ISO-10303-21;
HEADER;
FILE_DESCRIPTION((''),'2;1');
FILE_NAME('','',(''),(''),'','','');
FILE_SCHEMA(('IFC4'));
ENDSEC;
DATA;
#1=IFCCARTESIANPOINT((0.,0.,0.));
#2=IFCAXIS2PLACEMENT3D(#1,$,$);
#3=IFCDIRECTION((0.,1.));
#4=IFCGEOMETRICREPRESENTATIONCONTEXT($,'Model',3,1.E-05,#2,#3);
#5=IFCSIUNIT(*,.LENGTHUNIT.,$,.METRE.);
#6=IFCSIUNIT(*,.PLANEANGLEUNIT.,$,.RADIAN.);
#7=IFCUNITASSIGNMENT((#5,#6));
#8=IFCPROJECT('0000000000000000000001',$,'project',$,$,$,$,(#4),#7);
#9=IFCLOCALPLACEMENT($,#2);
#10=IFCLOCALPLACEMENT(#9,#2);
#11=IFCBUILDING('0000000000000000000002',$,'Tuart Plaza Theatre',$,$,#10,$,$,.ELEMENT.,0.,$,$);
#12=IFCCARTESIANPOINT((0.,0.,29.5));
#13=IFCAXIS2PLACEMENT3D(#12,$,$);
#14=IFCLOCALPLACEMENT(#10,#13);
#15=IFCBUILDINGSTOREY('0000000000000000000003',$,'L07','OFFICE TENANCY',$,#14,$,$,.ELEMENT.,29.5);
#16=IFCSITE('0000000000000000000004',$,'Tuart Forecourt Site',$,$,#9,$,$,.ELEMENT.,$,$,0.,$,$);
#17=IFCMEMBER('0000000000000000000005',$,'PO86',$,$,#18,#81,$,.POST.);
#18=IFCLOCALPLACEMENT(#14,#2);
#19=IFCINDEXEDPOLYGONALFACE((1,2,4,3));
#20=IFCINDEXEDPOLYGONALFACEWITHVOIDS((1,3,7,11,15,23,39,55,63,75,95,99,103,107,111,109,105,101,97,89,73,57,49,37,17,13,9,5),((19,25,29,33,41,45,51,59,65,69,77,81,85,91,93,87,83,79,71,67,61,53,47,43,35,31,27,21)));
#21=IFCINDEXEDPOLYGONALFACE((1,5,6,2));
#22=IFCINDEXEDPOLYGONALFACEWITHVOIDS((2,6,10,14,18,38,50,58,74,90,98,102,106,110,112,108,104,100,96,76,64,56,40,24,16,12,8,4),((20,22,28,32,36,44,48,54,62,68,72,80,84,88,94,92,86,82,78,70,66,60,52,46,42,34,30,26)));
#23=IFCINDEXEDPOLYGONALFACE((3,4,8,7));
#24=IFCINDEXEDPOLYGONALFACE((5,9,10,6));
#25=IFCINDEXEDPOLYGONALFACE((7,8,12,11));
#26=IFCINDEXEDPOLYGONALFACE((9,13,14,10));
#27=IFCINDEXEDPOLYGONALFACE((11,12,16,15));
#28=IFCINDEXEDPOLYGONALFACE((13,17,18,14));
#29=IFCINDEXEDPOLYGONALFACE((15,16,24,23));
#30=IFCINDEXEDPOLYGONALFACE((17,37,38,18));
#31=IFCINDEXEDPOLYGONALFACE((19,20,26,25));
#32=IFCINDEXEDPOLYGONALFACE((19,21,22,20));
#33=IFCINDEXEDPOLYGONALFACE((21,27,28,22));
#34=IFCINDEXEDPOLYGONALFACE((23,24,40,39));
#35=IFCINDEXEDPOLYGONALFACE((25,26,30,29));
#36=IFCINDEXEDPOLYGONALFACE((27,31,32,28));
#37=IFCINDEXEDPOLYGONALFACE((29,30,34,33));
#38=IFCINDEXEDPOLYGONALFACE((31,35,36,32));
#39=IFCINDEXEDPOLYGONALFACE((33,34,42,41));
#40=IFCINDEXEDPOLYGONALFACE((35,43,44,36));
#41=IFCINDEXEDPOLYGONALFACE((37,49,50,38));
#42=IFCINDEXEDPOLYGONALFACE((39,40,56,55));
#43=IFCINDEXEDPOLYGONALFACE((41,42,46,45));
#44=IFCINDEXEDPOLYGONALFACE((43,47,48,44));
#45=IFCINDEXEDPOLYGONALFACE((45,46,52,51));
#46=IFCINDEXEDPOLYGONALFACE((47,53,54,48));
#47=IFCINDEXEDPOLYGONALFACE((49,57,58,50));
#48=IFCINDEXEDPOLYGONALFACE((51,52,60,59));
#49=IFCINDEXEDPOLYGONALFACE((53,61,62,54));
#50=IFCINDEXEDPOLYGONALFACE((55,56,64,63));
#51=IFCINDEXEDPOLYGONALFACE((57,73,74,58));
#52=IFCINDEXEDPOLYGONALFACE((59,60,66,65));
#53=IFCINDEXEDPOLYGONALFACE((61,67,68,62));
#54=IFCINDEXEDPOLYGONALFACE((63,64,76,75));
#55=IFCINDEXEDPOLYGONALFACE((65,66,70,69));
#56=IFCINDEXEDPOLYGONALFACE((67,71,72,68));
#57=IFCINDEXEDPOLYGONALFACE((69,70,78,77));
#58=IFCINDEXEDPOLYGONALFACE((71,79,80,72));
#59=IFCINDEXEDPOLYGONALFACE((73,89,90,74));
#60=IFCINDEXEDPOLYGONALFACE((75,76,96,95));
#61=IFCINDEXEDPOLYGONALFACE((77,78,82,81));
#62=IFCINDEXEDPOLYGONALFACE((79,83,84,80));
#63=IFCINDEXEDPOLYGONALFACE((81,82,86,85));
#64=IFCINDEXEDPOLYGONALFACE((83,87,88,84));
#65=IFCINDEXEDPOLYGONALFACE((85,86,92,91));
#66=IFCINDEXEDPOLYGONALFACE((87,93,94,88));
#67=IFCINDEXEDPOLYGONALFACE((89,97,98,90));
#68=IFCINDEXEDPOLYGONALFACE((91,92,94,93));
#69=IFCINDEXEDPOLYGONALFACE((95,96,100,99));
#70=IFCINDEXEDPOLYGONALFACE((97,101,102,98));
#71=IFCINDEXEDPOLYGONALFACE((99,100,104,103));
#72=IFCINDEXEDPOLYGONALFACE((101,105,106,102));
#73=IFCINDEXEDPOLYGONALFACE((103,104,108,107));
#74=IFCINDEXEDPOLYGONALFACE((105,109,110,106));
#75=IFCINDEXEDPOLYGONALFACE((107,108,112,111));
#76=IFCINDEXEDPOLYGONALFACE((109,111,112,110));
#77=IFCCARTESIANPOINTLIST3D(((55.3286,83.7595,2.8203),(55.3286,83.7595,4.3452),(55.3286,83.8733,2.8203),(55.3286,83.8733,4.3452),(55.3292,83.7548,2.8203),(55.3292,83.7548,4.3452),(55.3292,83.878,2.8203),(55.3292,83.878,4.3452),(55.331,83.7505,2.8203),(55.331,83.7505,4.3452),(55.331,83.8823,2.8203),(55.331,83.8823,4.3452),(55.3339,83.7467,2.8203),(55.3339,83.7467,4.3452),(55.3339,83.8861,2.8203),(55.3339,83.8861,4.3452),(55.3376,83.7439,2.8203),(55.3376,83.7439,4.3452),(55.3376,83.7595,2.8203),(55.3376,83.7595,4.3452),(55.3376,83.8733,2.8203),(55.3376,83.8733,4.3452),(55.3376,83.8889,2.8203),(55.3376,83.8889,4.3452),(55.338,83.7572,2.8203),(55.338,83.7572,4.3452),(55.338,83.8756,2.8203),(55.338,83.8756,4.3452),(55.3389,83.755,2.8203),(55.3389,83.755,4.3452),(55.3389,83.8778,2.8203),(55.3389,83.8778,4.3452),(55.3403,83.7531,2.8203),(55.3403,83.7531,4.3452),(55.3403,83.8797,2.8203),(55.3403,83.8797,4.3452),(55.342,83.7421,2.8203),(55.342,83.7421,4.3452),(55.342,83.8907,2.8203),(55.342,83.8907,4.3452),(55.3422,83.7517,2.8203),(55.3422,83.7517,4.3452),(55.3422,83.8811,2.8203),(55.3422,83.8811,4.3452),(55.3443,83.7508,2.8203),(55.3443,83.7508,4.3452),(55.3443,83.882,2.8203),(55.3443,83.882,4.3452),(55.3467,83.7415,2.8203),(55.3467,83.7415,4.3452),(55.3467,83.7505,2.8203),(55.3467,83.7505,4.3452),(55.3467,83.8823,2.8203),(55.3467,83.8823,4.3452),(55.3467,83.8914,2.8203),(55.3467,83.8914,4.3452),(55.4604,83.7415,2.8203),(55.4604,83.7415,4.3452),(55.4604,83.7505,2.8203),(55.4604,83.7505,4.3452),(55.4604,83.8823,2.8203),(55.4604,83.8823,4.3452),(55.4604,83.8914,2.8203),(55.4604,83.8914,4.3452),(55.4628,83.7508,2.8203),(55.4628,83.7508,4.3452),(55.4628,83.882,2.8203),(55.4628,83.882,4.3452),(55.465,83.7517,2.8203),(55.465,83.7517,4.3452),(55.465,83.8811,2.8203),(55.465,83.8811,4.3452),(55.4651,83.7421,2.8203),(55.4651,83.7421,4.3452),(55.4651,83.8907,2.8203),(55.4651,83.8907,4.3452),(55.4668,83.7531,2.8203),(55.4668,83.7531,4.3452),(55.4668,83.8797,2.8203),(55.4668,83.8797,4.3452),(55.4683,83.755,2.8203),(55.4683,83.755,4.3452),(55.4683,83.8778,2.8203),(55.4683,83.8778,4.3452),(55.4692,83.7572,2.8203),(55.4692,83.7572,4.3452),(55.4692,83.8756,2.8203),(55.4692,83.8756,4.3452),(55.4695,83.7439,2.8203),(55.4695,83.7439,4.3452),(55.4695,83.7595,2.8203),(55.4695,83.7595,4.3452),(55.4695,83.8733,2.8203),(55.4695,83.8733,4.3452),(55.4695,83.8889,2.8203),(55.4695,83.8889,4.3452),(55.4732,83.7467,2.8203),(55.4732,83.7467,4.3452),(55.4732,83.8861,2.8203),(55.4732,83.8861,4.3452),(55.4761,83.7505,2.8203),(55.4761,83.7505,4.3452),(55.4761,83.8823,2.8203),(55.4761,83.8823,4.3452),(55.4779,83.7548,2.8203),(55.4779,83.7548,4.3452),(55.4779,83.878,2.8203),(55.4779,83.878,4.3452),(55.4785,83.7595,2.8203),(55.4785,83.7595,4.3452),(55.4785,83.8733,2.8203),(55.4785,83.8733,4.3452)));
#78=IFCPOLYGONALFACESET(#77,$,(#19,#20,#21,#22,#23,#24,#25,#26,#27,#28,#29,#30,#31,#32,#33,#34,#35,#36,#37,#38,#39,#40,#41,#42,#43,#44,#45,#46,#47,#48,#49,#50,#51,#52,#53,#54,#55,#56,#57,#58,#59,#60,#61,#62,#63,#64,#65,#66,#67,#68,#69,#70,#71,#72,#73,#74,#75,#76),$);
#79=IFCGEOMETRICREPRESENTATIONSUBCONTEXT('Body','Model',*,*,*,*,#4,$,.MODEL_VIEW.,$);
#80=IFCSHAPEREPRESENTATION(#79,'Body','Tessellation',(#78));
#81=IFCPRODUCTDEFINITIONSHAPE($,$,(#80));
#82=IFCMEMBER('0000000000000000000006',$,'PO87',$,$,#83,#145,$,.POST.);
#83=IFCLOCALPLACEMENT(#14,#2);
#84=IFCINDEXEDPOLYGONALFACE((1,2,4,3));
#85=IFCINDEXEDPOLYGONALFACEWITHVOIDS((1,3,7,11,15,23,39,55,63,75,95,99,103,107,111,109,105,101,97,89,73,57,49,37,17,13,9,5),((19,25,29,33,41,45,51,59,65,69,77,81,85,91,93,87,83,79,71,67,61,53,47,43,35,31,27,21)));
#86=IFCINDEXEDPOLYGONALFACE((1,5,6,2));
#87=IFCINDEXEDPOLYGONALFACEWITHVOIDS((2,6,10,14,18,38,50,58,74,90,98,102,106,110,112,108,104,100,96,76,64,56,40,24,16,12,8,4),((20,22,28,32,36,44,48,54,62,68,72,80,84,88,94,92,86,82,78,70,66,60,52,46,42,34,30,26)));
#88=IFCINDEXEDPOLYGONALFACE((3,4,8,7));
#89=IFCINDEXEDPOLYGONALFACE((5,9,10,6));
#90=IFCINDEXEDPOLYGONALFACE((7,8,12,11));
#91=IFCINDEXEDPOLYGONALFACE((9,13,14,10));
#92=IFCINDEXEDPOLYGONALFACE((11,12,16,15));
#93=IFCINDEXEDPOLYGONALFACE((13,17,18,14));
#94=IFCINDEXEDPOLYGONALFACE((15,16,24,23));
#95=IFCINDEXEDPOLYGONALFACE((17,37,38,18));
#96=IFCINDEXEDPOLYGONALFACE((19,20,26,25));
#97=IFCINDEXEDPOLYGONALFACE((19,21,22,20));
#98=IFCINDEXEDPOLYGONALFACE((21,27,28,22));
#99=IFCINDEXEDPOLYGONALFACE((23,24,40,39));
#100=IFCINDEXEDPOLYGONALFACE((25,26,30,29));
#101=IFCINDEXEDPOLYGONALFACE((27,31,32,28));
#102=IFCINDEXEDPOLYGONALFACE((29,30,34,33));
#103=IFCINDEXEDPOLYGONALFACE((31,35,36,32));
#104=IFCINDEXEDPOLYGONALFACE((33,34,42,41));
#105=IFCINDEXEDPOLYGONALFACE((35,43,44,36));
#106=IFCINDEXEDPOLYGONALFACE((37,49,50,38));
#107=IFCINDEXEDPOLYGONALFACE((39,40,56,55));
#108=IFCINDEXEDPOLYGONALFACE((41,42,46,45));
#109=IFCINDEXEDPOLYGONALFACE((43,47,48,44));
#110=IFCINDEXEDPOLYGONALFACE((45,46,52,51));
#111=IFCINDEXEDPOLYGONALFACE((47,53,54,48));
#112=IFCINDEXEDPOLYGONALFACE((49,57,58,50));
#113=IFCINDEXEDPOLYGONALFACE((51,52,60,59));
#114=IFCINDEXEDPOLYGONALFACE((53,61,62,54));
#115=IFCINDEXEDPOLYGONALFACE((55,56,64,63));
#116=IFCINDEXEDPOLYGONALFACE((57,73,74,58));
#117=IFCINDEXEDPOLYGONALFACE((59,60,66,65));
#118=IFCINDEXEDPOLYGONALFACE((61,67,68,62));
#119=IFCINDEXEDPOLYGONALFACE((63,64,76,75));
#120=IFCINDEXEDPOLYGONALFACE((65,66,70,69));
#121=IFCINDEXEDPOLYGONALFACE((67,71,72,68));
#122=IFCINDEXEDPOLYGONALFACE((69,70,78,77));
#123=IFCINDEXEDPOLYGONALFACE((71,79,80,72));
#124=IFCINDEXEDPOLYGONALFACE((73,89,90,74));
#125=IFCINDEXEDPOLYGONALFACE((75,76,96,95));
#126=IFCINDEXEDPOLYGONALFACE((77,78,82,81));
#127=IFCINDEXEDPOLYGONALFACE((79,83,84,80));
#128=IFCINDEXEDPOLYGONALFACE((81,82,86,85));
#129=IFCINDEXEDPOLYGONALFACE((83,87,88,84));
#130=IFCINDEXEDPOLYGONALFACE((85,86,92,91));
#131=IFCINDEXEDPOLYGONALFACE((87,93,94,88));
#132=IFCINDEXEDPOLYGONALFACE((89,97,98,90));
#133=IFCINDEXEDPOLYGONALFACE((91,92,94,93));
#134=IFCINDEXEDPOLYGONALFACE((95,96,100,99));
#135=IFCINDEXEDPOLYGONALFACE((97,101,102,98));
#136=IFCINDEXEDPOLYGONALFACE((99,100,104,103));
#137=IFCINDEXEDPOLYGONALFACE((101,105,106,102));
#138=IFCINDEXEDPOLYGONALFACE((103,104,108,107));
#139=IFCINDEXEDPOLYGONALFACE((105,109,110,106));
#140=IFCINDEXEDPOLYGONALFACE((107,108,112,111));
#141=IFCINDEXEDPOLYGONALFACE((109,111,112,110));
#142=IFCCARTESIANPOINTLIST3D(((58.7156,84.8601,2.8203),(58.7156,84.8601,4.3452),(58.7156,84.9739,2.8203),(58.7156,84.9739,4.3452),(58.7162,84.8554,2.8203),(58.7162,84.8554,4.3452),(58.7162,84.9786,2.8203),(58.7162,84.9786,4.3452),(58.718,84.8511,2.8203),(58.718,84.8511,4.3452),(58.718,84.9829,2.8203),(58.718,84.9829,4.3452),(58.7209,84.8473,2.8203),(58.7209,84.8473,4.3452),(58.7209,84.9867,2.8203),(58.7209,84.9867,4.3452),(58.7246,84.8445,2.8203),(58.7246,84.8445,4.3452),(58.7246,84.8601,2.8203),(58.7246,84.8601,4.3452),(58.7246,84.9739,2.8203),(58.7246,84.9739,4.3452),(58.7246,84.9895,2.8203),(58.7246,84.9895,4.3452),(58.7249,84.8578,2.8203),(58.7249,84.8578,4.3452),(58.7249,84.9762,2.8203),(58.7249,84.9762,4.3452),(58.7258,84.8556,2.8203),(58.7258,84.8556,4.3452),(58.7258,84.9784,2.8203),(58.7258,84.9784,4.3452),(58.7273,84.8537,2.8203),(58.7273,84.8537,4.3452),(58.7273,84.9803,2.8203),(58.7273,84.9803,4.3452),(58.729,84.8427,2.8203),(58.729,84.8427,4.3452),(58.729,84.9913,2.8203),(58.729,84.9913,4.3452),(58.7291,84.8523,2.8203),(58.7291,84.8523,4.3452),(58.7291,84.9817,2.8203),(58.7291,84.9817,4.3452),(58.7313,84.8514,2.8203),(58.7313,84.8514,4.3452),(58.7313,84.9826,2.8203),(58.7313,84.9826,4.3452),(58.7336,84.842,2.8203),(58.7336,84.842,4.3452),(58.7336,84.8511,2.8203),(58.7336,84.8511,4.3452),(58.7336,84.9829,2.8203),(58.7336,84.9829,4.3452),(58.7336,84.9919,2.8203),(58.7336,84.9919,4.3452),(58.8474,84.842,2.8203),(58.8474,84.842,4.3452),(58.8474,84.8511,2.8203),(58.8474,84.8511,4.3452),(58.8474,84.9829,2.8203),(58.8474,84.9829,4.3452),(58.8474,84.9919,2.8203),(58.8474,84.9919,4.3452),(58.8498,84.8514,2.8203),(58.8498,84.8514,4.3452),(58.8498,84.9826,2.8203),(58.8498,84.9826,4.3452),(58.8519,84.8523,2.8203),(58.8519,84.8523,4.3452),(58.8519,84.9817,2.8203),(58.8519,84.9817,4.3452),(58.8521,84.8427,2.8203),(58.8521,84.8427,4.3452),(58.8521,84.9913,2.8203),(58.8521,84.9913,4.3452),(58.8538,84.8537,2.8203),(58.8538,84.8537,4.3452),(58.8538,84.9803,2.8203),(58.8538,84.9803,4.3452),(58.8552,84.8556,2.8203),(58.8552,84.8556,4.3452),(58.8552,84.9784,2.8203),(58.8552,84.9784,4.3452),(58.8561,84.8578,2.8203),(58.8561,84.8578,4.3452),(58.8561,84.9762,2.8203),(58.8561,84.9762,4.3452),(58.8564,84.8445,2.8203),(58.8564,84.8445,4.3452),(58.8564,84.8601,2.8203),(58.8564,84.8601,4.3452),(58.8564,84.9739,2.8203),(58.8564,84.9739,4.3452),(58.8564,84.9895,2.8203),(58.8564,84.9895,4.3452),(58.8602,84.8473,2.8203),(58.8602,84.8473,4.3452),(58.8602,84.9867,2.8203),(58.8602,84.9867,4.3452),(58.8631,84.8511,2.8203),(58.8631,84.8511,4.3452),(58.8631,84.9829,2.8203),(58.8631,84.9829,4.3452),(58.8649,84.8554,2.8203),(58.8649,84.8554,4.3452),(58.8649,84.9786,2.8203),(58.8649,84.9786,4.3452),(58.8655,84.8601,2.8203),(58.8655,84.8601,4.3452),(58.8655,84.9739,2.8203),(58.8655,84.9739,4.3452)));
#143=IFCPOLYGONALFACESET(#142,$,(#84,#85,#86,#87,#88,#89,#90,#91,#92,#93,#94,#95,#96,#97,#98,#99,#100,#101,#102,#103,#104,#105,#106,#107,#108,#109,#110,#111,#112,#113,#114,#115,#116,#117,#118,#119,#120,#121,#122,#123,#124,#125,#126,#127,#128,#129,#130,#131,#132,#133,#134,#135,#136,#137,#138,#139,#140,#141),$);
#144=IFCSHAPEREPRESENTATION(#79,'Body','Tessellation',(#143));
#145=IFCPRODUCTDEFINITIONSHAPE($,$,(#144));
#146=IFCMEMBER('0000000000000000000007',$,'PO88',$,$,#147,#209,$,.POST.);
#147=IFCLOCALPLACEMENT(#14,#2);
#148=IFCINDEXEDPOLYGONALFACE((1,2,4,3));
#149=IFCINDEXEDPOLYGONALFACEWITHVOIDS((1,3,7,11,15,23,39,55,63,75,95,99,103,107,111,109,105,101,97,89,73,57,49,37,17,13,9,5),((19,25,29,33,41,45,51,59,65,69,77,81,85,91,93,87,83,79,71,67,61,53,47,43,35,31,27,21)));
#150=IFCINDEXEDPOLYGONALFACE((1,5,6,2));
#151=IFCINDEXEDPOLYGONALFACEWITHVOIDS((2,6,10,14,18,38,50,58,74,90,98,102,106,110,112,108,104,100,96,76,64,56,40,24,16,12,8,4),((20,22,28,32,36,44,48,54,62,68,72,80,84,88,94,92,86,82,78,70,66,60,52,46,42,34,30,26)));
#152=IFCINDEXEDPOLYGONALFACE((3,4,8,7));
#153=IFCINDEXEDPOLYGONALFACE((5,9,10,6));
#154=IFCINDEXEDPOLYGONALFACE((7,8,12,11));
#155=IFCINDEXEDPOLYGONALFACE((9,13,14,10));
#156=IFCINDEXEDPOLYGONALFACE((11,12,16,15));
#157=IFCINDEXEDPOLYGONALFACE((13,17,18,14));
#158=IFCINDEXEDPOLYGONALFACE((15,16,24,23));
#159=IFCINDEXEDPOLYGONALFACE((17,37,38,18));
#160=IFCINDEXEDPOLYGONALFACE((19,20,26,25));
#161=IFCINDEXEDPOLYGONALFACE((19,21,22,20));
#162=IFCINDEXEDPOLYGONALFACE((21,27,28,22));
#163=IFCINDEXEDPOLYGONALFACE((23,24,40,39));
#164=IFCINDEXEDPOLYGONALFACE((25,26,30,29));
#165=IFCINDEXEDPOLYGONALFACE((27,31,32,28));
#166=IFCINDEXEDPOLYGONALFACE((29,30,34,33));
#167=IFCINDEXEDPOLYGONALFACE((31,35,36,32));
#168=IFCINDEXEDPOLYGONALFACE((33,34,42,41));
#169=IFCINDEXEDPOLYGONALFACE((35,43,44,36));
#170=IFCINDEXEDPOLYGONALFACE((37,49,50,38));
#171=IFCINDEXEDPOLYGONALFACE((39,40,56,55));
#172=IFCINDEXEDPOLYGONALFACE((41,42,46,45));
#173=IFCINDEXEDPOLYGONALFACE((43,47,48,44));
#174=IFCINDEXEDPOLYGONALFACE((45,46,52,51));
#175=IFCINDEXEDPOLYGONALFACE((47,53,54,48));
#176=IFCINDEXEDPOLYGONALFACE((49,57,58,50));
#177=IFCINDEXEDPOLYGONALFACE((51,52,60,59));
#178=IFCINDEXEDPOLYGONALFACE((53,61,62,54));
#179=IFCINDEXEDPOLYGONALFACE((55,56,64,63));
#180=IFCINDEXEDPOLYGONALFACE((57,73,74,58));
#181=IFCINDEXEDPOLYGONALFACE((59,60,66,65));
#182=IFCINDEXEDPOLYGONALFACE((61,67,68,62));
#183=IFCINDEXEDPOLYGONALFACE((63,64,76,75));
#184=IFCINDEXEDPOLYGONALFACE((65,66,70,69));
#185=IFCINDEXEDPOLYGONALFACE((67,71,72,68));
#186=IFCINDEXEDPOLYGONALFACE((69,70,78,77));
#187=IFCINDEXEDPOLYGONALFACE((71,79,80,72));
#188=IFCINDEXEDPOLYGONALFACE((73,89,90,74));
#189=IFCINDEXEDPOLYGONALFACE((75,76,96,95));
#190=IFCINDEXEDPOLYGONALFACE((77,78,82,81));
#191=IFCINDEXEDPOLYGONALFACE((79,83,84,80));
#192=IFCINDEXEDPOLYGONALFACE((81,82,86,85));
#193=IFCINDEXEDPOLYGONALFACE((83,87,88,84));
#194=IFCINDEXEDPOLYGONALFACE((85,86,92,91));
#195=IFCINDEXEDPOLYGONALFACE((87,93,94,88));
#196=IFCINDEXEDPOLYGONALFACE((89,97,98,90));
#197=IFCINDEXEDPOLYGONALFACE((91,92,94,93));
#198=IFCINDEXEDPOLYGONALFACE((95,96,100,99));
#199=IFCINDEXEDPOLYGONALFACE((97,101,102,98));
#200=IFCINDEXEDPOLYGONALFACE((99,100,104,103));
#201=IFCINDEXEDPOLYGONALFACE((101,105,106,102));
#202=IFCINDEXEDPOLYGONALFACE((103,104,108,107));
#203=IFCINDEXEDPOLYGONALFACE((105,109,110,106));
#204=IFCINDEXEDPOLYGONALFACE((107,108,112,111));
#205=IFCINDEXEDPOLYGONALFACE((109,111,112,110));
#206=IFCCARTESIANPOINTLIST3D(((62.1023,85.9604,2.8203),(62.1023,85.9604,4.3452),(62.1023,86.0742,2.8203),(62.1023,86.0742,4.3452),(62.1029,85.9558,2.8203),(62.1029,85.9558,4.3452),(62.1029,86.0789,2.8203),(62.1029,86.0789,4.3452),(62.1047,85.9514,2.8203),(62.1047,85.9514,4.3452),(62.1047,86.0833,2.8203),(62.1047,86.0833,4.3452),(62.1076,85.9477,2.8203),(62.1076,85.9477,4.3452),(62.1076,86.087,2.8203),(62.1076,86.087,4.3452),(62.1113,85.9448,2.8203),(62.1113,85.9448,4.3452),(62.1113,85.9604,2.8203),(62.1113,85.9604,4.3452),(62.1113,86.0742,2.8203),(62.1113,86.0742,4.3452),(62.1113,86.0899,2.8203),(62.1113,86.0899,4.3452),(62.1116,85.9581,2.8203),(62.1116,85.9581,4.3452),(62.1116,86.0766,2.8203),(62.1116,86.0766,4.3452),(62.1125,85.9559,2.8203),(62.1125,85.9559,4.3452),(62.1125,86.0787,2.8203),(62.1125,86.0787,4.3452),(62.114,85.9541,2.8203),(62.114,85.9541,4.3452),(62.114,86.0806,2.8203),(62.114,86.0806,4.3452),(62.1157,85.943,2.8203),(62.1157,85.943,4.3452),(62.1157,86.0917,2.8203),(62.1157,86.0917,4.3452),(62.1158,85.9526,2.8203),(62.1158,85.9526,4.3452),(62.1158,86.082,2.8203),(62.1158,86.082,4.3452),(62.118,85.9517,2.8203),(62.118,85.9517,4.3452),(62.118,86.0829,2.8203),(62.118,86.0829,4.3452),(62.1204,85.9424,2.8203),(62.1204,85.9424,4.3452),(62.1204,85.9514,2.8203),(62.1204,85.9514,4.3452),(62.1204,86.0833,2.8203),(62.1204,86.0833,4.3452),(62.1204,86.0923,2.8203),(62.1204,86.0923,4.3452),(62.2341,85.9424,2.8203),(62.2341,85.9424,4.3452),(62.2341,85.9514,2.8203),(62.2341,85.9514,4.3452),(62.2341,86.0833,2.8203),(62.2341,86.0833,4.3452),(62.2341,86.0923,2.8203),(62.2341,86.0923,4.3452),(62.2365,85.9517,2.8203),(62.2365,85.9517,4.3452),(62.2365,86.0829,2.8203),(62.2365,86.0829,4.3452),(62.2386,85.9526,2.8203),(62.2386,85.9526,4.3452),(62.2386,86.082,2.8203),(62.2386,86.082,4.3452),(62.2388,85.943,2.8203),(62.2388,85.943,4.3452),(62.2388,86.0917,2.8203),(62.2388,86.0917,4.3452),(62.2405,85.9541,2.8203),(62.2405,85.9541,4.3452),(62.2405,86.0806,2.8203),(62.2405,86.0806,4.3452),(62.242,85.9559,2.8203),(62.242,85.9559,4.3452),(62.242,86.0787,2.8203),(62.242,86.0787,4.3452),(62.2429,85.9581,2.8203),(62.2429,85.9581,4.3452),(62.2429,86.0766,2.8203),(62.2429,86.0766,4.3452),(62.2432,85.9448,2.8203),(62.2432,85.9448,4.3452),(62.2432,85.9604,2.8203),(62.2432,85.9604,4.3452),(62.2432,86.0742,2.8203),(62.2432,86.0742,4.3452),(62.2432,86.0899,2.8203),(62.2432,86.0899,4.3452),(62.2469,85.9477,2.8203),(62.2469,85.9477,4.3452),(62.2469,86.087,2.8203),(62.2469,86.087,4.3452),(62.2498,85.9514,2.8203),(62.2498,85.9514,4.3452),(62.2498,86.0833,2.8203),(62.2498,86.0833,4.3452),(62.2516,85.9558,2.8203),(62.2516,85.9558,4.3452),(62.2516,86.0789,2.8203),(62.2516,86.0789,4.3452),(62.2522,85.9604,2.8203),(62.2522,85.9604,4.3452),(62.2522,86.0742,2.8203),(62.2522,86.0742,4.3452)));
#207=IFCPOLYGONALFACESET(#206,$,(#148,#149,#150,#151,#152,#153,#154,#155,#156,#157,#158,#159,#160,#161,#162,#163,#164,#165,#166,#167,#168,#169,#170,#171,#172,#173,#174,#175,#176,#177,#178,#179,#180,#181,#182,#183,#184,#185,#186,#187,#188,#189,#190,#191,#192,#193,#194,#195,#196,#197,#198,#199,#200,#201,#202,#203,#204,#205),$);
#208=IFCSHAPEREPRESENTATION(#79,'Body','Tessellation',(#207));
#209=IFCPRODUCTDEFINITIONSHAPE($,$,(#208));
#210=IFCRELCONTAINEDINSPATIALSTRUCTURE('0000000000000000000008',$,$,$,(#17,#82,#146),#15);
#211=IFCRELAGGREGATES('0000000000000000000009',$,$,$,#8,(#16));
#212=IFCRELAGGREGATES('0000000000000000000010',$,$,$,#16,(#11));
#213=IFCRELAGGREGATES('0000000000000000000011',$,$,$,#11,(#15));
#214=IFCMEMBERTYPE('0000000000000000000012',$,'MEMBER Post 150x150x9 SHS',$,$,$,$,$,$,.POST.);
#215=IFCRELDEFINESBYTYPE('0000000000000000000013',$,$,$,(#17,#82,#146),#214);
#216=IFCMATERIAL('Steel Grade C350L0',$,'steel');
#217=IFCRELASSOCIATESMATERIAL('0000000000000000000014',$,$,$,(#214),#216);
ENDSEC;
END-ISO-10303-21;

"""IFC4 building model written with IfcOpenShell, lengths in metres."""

from ifc_helpers import new_model, si_unit, direction, frame, origin, origin_2d, place, context, subcontext, project, spatial, hollow_rectangle, extrude, material, material_profile, profile_set, type_object, element, save


model = new_model("IFC4")

# Units and contexts
model_context = context("Model", 3, precision=1e-05, world=origin(), true_north=direction((0.0, 1.0)))
body_context = subcontext(model_context, "Body", "Model", "MODEL_VIEW")
ifc_project = project(units=[si_unit("LENGTHUNIT", "METRE"), si_unit("PLANEANGLEUNIT", "RADIAN")], contexts=[model_context])

# Site, building, storey
site_placement = place(None, origin())
site = spatial("IfcSite", under=ifc_project, at=site_placement, Name="Tuart Forecourt Site", CompositionType="ELEMENT", RefElevation=0.0)
building_placement = place(site_placement, origin())
building = spatial("IfcBuilding", under=site, at=building_placement, Name="Tuart Plaza Theatre", CompositionType="ELEMENT", ElevationOfRefHeight=0.0)
storey_placement = place(building_placement, frame((0.0, 0.0, 29.5)))
storey = spatial("IfcBuildingStorey", under=building, at=storey_placement, Name="L07", Description="OFFICE TENANCY", CompositionType="ELEMENT", Elevation=29.5)

# Members
ifc_material_1 = material(Name="Steel Grade C350L0", Category="steel")
ifc_material_profile_1 = material_profile(ifc_material_1, hollow_rectangle(XDim=0.1499, YDim=0.1499, WallThickness=0.009, InnerFilletRadius=0.009, OuterFilletRadius=0.0181, at=origin_2d()), Name="150x150x9 SHS")
ifc_profile_set_1 = profile_set([ifc_material_profile_1], Name="Steel Grade C350L0")
member_type_1 = type_object("IfcMemberType", Name="MEMBER Post 150x150x9 SHS", PredefinedType="POST", material=ifc_profile_set_1)
for number, where, z_axis, x_axis, name in (
    (1, (55.4036, 83.8164, 2.8203), (0.0, 0.0, 1.0), (1.0, 0.0, 0.0), "PO86"),
    (2, (58.7905, 84.917, 2.8203), (0.0, 0.0, 1.0), (1.0, 0.0, 0.0), "PO87"),
    (3, (62.1772, 86.0173, 2.8203), (0.0, 0.0, 1.0), (1.0, 0.0, 0.0), "PO88"),
):
    element("IfcMember", number, at=place(storey_placement, frame(where, z_axis=z_axis, x_axis=x_axis)), inside=storey, type_object=member_type_1, Name=name, PredefinedType="POST", context=body_context, shape_type="SweptSolid", body=[
        extrude(hollow_rectangle(XDim=0.1499, YDim=0.1499, WallThickness=0.009, InnerFilletRadius=0.009, OuterFilletRadius=0.0181, at=origin_2d()), origin(), (0.0, 0.0, 1.0), 1.5249),
    ])

save(model, "model.ifc")
